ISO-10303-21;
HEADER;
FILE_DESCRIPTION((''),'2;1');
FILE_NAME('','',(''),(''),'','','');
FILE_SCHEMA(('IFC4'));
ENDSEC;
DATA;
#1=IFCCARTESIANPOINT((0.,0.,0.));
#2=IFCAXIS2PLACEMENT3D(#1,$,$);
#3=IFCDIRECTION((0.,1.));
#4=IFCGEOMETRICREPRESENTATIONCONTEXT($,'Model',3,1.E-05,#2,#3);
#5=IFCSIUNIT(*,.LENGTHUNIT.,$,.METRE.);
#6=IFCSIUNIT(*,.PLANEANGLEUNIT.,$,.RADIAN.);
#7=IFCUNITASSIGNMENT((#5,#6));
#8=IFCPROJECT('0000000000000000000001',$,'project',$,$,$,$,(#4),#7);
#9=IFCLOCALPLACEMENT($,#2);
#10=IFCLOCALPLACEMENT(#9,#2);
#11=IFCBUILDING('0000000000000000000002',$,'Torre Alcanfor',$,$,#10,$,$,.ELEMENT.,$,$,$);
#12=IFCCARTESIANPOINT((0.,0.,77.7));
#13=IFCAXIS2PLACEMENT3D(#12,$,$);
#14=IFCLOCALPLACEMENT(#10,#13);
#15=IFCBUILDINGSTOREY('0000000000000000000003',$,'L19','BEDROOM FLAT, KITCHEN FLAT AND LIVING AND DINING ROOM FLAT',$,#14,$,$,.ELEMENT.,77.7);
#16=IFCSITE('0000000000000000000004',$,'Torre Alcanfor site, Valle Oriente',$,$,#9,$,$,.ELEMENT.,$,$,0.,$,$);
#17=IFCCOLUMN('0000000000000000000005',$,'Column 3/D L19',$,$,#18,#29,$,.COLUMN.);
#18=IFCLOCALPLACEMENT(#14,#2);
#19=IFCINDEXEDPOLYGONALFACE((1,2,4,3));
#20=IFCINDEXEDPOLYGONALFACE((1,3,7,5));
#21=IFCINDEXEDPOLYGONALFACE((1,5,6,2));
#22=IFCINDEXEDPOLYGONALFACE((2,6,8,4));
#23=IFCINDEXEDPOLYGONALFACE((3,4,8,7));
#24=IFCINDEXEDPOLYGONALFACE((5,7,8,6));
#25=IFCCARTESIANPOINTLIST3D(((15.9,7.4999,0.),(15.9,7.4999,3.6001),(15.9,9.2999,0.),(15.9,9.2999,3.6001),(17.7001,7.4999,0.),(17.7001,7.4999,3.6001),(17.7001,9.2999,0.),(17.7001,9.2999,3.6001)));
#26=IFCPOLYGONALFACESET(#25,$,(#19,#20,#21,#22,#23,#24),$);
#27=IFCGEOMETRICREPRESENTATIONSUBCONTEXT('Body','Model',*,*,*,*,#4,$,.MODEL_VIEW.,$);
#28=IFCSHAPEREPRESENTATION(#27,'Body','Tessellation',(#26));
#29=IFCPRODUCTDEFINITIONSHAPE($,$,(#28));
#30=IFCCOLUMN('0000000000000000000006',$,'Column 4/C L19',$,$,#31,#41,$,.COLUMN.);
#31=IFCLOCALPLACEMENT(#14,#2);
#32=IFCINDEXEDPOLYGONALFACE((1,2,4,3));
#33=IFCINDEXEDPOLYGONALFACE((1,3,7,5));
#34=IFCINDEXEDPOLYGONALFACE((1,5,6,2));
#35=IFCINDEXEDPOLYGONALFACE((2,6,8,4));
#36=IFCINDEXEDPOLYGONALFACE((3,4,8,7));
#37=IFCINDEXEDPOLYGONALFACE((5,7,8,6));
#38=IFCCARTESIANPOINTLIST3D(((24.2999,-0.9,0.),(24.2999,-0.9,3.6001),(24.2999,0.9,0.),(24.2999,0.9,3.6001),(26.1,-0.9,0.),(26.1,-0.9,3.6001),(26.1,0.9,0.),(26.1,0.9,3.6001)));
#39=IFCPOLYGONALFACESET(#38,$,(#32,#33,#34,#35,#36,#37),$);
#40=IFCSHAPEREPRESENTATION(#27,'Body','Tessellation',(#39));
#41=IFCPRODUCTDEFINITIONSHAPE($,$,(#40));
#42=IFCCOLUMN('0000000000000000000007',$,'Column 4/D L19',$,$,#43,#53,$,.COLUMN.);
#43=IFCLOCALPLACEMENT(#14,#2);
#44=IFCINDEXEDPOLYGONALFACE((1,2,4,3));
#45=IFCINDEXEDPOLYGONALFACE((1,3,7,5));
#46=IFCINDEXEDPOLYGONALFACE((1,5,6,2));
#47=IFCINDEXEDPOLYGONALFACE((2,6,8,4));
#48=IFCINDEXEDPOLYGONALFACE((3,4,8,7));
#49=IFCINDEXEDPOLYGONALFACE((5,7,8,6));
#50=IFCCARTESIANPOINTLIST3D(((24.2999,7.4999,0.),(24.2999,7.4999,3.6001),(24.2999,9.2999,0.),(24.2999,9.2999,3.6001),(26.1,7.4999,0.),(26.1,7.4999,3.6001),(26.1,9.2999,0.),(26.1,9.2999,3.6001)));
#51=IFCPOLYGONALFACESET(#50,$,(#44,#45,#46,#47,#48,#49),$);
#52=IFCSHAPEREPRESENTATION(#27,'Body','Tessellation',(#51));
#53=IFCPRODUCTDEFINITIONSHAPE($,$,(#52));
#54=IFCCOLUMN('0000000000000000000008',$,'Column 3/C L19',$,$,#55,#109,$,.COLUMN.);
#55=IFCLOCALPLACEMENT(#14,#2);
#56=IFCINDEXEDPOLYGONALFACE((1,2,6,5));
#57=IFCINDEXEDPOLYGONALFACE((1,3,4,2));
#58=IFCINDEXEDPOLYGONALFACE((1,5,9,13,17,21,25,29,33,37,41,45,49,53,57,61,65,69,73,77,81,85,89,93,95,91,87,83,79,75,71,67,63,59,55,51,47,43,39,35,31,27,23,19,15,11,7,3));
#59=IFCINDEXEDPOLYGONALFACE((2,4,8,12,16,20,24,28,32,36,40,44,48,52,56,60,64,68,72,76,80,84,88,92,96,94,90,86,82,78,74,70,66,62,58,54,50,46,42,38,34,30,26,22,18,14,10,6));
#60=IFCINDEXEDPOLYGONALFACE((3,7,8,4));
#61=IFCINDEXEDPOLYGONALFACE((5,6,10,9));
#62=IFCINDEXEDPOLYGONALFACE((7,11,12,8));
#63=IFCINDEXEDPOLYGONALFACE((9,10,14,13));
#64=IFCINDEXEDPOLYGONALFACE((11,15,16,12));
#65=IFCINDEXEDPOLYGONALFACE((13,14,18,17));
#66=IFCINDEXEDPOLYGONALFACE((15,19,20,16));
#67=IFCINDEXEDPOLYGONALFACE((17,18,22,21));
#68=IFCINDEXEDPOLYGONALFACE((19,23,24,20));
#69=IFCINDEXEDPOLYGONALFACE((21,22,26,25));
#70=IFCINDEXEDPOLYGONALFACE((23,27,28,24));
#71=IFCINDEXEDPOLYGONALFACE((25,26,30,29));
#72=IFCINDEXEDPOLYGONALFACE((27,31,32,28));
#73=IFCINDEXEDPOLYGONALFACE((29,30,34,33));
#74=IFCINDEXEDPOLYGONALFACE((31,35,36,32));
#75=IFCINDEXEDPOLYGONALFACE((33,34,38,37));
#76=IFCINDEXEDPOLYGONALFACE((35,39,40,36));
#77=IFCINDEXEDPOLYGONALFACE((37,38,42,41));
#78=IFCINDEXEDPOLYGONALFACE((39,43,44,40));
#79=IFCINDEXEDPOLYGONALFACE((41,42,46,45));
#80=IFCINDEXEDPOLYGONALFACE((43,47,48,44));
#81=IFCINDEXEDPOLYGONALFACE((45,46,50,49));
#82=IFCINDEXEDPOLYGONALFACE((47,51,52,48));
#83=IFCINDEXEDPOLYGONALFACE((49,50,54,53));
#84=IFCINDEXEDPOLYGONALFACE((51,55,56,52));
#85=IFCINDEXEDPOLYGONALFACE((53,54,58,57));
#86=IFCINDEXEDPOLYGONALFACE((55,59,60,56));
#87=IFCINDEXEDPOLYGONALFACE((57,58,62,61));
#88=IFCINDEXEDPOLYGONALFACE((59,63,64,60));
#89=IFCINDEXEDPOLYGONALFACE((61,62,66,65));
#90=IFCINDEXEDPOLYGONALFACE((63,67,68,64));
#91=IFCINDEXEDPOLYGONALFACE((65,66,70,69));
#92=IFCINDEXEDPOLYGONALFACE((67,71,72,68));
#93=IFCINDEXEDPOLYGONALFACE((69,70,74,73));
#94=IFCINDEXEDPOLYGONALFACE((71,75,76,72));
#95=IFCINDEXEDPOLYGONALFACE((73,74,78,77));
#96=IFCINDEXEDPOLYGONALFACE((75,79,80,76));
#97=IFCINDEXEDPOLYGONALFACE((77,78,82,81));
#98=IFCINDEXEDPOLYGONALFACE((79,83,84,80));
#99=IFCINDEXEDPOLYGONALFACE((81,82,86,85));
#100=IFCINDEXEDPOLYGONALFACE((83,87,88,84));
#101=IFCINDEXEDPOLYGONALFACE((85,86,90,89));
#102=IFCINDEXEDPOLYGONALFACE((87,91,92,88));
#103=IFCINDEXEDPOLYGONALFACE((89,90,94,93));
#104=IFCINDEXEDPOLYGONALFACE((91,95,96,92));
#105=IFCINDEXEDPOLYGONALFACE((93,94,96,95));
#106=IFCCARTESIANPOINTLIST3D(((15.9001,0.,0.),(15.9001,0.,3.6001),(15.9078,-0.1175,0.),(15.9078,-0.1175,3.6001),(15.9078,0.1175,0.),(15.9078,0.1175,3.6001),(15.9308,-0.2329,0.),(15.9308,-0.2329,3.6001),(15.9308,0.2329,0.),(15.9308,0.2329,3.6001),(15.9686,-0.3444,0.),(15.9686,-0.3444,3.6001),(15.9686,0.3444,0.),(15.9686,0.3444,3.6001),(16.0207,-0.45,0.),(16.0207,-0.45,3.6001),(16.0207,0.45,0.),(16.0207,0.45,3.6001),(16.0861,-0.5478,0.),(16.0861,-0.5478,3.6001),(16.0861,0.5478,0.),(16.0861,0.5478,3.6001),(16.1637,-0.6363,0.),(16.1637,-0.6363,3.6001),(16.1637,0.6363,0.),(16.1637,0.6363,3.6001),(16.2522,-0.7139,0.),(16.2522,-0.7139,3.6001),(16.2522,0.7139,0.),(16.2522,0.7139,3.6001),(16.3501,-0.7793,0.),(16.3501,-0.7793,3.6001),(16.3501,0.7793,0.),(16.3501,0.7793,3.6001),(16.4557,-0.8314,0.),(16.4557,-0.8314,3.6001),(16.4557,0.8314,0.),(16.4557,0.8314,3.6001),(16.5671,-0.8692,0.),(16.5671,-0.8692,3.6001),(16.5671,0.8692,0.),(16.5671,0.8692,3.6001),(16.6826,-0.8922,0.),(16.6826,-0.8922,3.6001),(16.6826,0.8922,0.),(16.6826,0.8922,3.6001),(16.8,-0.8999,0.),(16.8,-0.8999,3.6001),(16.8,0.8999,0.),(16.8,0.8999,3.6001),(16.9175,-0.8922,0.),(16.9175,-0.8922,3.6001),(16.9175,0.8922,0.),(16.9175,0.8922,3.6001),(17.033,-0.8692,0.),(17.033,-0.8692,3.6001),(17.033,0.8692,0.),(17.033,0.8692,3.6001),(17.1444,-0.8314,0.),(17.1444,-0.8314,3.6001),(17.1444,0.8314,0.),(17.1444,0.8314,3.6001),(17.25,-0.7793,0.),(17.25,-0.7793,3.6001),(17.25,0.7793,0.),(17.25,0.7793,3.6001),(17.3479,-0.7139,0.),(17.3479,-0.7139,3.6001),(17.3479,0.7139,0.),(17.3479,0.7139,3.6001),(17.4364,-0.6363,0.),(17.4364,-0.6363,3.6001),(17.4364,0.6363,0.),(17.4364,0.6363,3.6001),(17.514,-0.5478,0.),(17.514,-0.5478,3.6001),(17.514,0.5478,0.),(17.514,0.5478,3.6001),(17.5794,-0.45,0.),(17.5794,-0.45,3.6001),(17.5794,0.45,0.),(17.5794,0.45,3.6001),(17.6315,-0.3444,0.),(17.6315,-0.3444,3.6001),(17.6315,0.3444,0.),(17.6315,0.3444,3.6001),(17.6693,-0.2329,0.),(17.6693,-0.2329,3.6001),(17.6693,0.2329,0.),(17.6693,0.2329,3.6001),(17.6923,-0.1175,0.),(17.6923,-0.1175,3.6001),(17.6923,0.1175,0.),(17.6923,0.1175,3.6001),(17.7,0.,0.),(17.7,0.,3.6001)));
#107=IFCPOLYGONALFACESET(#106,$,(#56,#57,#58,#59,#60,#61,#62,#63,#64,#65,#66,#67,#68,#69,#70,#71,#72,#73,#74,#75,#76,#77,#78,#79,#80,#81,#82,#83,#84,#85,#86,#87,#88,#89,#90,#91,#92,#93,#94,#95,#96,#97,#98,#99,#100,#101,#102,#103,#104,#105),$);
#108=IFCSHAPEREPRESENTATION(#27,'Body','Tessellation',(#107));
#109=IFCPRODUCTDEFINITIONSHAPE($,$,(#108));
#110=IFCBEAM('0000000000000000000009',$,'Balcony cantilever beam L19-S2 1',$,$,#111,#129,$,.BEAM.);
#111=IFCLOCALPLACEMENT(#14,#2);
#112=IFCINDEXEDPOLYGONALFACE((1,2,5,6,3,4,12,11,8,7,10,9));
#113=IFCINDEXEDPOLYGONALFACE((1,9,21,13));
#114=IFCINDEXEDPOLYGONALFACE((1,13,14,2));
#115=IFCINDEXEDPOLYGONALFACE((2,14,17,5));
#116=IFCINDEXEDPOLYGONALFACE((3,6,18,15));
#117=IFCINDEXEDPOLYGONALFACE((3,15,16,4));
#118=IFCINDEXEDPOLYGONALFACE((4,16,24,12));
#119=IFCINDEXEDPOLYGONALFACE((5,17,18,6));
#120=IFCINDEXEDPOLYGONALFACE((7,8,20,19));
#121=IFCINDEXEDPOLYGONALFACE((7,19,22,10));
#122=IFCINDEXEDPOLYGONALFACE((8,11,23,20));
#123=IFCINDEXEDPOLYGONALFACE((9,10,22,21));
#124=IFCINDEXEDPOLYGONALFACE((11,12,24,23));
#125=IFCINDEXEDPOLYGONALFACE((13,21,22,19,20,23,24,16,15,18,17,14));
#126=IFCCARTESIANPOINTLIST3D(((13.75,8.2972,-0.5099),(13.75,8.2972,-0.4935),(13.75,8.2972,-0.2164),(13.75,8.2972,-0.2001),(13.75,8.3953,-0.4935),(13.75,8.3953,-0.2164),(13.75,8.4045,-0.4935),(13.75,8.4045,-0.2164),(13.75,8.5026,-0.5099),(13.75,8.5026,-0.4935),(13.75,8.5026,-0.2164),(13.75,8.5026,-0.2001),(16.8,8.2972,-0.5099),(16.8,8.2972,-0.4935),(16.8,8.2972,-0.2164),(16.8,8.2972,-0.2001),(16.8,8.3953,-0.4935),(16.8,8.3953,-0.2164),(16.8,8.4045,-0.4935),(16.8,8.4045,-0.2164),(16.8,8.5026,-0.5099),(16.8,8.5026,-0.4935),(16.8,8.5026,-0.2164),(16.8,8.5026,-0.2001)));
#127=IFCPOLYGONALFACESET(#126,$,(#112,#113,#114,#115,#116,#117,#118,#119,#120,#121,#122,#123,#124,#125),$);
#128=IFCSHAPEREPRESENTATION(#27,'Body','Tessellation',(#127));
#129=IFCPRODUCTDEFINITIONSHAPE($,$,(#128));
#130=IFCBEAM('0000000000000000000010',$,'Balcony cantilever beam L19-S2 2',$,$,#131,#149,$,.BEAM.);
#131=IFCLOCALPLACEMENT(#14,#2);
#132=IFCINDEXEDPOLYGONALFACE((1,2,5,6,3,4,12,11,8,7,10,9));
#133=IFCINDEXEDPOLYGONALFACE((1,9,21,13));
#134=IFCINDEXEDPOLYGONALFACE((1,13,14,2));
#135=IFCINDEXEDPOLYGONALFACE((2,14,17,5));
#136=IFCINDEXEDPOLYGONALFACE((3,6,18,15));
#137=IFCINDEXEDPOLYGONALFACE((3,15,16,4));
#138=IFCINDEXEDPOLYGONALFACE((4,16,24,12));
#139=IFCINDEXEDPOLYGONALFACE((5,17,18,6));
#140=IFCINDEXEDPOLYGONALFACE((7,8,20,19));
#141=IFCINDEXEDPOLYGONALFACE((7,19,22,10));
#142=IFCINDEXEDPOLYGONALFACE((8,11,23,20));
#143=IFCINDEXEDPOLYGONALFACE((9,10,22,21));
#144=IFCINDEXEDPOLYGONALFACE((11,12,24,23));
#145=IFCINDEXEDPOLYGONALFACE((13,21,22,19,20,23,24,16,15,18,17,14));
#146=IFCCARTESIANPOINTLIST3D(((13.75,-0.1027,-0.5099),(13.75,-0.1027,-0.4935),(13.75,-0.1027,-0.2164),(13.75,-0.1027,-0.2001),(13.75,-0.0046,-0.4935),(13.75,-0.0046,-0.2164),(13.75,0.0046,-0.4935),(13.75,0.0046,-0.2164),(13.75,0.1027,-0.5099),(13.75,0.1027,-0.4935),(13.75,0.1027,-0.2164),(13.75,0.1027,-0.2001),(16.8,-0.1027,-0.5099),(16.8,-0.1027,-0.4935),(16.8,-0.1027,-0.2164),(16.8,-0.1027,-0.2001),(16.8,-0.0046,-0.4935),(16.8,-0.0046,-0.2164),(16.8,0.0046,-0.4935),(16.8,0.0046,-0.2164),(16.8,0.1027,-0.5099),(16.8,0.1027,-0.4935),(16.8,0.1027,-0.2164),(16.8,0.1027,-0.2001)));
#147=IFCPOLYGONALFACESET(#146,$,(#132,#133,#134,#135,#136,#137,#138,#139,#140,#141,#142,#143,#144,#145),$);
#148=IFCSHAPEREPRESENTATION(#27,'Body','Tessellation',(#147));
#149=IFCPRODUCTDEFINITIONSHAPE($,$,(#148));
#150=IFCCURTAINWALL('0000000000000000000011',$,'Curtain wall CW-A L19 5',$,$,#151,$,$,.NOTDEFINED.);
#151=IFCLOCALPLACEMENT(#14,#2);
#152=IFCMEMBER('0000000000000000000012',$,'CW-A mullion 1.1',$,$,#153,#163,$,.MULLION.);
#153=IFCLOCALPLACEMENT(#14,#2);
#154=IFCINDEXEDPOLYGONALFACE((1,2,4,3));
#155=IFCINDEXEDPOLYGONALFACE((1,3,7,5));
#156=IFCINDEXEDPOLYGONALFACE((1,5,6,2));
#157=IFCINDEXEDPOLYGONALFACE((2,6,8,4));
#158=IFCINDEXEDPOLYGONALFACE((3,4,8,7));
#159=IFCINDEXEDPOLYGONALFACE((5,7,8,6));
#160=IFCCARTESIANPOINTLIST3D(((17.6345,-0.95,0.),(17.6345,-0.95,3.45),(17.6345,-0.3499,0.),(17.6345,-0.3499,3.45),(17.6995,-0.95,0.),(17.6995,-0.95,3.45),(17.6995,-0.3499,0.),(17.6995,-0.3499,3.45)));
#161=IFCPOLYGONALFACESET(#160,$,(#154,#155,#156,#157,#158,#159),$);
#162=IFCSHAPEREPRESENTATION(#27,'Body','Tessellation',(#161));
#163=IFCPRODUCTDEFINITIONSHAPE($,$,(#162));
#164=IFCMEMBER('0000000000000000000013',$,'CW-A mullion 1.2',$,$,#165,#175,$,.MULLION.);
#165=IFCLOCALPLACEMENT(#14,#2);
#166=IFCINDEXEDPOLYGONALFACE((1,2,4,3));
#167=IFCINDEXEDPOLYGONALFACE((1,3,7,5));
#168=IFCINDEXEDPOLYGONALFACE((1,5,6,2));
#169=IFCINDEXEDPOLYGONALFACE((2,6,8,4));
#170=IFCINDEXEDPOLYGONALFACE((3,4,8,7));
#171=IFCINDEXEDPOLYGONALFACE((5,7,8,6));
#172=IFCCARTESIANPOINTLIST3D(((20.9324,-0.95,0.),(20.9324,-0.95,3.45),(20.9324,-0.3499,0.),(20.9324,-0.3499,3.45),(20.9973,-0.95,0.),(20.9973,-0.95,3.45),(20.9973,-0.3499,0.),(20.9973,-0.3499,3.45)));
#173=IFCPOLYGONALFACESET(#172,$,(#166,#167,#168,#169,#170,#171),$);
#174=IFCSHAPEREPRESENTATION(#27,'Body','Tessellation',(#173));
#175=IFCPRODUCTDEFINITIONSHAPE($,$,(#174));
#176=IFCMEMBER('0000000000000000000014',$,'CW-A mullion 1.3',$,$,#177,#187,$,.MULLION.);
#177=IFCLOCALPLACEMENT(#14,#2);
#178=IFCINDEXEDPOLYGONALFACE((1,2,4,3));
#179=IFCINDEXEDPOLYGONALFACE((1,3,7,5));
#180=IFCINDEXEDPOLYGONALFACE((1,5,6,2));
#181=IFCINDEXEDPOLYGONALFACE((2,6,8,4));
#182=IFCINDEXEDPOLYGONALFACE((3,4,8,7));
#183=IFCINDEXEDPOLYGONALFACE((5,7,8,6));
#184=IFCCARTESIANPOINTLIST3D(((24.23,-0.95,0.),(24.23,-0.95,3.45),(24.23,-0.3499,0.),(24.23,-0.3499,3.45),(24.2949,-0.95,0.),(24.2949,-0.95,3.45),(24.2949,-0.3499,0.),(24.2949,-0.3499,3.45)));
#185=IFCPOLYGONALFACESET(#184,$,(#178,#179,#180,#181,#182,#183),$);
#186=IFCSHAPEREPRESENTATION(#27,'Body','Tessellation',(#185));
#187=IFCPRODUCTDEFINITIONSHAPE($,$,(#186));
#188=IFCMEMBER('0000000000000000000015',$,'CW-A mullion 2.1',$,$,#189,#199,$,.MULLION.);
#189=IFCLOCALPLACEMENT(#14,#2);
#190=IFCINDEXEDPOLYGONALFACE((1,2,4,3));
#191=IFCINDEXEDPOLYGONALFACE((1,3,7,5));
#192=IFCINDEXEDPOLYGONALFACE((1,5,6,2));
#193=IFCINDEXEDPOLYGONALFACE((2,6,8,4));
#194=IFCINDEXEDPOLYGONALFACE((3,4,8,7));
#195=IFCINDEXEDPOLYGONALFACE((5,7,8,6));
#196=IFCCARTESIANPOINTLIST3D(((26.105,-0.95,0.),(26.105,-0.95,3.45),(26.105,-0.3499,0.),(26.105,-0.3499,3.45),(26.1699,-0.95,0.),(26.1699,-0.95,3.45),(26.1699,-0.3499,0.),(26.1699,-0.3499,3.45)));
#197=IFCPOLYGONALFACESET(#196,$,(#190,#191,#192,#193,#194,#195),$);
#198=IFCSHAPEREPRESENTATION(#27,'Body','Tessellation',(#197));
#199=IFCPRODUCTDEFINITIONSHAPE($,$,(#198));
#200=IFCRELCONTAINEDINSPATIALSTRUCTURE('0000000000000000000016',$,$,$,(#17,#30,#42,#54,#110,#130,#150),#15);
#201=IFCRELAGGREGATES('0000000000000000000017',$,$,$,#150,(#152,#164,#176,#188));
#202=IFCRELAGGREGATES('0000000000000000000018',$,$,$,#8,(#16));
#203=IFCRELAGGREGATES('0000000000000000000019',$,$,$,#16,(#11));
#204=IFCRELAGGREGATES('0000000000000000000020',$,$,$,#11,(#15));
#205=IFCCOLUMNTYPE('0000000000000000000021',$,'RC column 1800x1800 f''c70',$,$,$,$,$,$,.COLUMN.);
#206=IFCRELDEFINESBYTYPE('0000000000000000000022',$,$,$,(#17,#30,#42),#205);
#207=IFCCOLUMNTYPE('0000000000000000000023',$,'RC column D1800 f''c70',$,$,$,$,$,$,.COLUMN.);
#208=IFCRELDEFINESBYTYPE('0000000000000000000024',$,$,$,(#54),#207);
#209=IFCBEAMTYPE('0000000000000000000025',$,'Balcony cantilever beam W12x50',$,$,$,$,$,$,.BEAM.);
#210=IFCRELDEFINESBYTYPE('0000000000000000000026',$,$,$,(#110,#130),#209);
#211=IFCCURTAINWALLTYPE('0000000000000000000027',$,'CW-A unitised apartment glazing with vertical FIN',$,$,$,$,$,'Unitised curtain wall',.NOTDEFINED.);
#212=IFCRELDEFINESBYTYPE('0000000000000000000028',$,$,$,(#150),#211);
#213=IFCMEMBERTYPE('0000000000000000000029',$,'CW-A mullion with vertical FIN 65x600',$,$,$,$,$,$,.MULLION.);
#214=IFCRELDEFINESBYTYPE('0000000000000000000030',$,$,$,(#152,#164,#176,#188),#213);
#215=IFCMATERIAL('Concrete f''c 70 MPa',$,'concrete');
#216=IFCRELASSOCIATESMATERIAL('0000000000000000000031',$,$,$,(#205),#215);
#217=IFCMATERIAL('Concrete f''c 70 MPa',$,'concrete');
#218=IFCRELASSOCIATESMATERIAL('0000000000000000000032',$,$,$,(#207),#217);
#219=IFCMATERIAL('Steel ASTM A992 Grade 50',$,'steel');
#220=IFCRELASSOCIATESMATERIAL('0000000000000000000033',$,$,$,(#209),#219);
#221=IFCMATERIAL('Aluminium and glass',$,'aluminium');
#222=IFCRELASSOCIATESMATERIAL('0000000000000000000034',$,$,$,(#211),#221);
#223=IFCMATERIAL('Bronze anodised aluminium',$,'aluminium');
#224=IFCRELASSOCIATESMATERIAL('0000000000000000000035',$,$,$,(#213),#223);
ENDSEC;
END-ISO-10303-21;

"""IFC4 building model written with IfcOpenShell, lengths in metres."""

from ifc_helpers import new_model, si_unit, direction, frame, origin, origin_2d, place, context, subcontext, project, spatial, rectangle, circle, i_section, extrude, material, material_profile, profile_set, type_object, element, aggregate, save


model = new_model("IFC4")

# Units and contexts
model_context = context("Model", 3, precision=1e-05, world=origin(), true_north=direction((0.0, 1.0)))
body_context = subcontext(model_context, "Body", "Model", "MODEL_VIEW")
ifc_project = project(units=[si_unit("LENGTHUNIT", "METRE"), si_unit("PLANEANGLEUNIT", "RADIAN")], contexts=[model_context])

# Site, building, storey
site_placement = place(None, origin())
site = spatial("IfcSite", under=ifc_project, at=site_placement, Name="Torre Alcanfor site, Valle Oriente", CompositionType="ELEMENT", RefElevation=0.0)
building_placement = place(site_placement, origin())
building = spatial("IfcBuilding", under=site, at=building_placement, Name="Torre Alcanfor", CompositionType="ELEMENT")
storey_placement = place(building_placement, frame((0.0, 0.0, 77.7)))
storey = spatial("IfcBuildingStorey", under=building, at=storey_placement, Name="L19", Description="BEDROOM FLAT, KITCHEN FLAT AND LIVING AND DINING ROOM FLAT", CompositionType="ELEMENT", Elevation=77.7)

# Columns
ifc_material_1 = material(Name="Concrete f'c 70 MPa", Category="concrete")
ifc_material_profile_1 = material_profile(ifc_material_1, rectangle(XDim=1.8, YDim=1.8, at=origin_2d()), Name="1800x1800")
ifc_profile_set_1 = profile_set([ifc_material_profile_1], Name="Concrete f'c 70 MPa")
column_type_1 = type_object("IfcColumnType", Name="RC column 1800x1800 f'c70", PredefinedType="COLUMN", material=ifc_profile_set_1)
for number, where, z_axis, x_axis, name in (
    (1, (16.8, 8.3999, 0.0), (0.0, 0.0, 1.0), (1.0, 0.0, 0.0), "Column 3/D L19"),
    (2, (25.2, 0.0, 0.0), (0.0, 0.0, 1.0), (1.0, 0.0, 0.0), "Column 4/C L19"),
    (3, (25.2, 8.3999, 0.0), (0.0, 0.0, 1.0), (1.0, 0.0, 0.0), "Column 4/D L19"),
):
    element("IfcColumn", number, at=place(storey_placement, frame(where, z_axis=z_axis, x_axis=x_axis)), inside=storey, type_object=column_type_1, Name=name, PredefinedType="COLUMN", context=body_context, shape_type="SweptSolid", body=[
        extrude(rectangle(XDim=1.8, YDim=1.8, at=origin_2d()), origin(), (0.0, 0.0, 1.0), 3.6001),
    ])
ifc_material_2 = material(Name="Concrete f'c 70 MPa", Category="concrete")
ifc_material_profile_2 = material_profile(ifc_material_2, circle(Radius=0.8999, at=origin_2d()), Name="D1800")
ifc_profile_set_2 = profile_set([ifc_material_profile_2], Name="Concrete f'c 70 MPa")
column_type_2 = type_object("IfcColumnType", Name="RC column D1800 f'c70", PredefinedType="COLUMN", material=ifc_profile_set_2)
column_placement = place(storey_placement, frame((16.8, 0.0, 0.0), z_axis=(0.0, 0.0, 1.0), x_axis=(1.0, 0.0, 0.0)))
element("IfcColumn", 4, at=column_placement, inside=storey, type_object=column_type_2, Name="Column 3/C L19", PredefinedType="COLUMN", context=body_context, shape_type="SweptSolid", body=[
    extrude(circle(Radius=0.8999, at=origin_2d()), origin(), (0.0, 0.0, 1.0), 3.6001),
])

# Beams
ifc_material_3 = material(Name="Steel ASTM A992 Grade 50", Category="steel")
ifc_material_profile_3 = material_profile(ifc_material_3, i_section(OverallWidth=0.2053, OverallDepth=0.3098, WebThickness=0.0093, FlangeThickness=0.0164, at=origin_2d()), Name="W12x50")
ifc_profile_set_3 = profile_set([ifc_material_profile_3], Name="Steel ASTM A992 Grade 50")
beam_type_1 = type_object("IfcBeamType", Name="Balcony cantilever beam W12x50", PredefinedType="BEAM", material=ifc_profile_set_3)
for number, where, z_axis, x_axis, name in (
    (5, (16.8, 8.3999, -0.355), (-1.0, 0.0, 0.0), (0.0, -1.0, 0.0), "Balcony cantilever beam L19-S2 1"),
    (6, (16.8, 0.0, -0.355), (-1.0, 0.0, 0.0), (0.0, -1.0, 0.0), "Balcony cantilever beam L19-S2 2"),
):
    element("IfcBeam", number, at=place(storey_placement, frame(where, z_axis=z_axis, x_axis=x_axis)), inside=storey, type_object=beam_type_1, Name=name, PredefinedType="BEAM", context=body_context, shape_type="SweptSolid", body=[
        extrude(i_section(OverallWidth=0.2053, OverallDepth=0.3098, WebThickness=0.0093, FlangeThickness=0.0164, at=origin_2d()), origin(), (0.0, 0.0, 1.0), 3.05),
    ])

# Curtain wall, members
ifc_material_4 = material(Name="Aluminium and glass", Category="aluminium")
curtain_wall_type = type_object("IfcCurtainWallType", Name="CW-A unitised apartment glazing with vertical FIN", ElementType="Unitised curtain wall", PredefinedType="NOTDEFINED", material=ifc_material_4)
curtain_wall_placement = place(storey_placement, origin())
curtain_wall = element("IfcCurtainWall", 7, at=curtain_wall_placement, inside=storey, type_object=curtain_wall_type, Name="Curtain wall CW-A L19 5", PredefinedType="NOTDEFINED")
ifc_material_5 = material(Name="Bronze anodised aluminium", Category="aluminium")
ifc_material_profile_4 = material_profile(ifc_material_5, rectangle(XDim=0.6001, YDim=0.0649, at=origin_2d()), Name="CW-A mullion 65x600")
ifc_profile_set_4 = profile_set([ifc_material_profile_4], Name="Bronze anodised aluminium")
member_type_1 = type_object("IfcMemberType", Name="CW-A mullion with vertical FIN 65x600", PredefinedType="MULLION", material=ifc_profile_set_4)
member_1_placement = place(storey_placement, frame((17.667, -0.6499, 0.0), z_axis=(0.0, 0.0, 1.0), x_axis=(0.0, 1.0, 0.0)))
member_1 = element("IfcMember", 8, at=member_1_placement, type_object=member_type_1, Name="CW-A mullion 1.1", PredefinedType="MULLION", context=body_context, shape_type="SweptSolid", body=[
    extrude(rectangle(XDim=0.6001, YDim=0.0649, at=origin_2d()), origin(), (0.0, 0.0, 1.0), 3.45),
])
member_2_placement = place(storey_placement, frame((20.9648, -0.6499, 0.0), z_axis=(0.0, 0.0, 1.0), x_axis=(0.0, 1.0, 0.0)))
member_2 = element("IfcMember", 9, at=member_2_placement, type_object=member_type_1, Name="CW-A mullion 1.2", PredefinedType="MULLION", context=body_context, shape_type="SweptSolid", body=[
    extrude(rectangle(XDim=0.6001, YDim=0.0649, at=origin_2d()), origin(), (0.0, 0.0, 1.0), 3.45),
])
member_3_placement = place(storey_placement, frame((24.2625, -0.6499, 0.0), z_axis=(0.0, 0.0, 1.0), x_axis=(0.0, 1.0, 0.0)))
member_3 = element("IfcMember", 10, at=member_3_placement, type_object=member_type_1, Name="CW-A mullion 1.3", PredefinedType="MULLION", context=body_context, shape_type="SweptSolid", body=[
    extrude(rectangle(XDim=0.6001, YDim=0.0649, at=origin_2d()), origin(), (0.0, 0.0, 1.0), 3.45),
])
member_4_placement = place(storey_placement, frame((26.1375, -0.6499, 0.0), z_axis=(0.0, 0.0, 1.0), x_axis=(0.0, 1.0, 0.0)))
member_4 = element("IfcMember", 11, at=member_4_placement, type_object=member_type_1, Name="CW-A mullion 2.1", PredefinedType="MULLION", context=body_context, shape_type="SweptSolid", body=[
    extrude(rectangle(XDim=0.6001, YDim=0.0649, at=origin_2d()), origin(), (0.0, 0.0, 1.0), 3.45),
])

aggregate(curtain_wall, [member_1, member_2, member_3, member_4])

save(model, "model.ifc")
